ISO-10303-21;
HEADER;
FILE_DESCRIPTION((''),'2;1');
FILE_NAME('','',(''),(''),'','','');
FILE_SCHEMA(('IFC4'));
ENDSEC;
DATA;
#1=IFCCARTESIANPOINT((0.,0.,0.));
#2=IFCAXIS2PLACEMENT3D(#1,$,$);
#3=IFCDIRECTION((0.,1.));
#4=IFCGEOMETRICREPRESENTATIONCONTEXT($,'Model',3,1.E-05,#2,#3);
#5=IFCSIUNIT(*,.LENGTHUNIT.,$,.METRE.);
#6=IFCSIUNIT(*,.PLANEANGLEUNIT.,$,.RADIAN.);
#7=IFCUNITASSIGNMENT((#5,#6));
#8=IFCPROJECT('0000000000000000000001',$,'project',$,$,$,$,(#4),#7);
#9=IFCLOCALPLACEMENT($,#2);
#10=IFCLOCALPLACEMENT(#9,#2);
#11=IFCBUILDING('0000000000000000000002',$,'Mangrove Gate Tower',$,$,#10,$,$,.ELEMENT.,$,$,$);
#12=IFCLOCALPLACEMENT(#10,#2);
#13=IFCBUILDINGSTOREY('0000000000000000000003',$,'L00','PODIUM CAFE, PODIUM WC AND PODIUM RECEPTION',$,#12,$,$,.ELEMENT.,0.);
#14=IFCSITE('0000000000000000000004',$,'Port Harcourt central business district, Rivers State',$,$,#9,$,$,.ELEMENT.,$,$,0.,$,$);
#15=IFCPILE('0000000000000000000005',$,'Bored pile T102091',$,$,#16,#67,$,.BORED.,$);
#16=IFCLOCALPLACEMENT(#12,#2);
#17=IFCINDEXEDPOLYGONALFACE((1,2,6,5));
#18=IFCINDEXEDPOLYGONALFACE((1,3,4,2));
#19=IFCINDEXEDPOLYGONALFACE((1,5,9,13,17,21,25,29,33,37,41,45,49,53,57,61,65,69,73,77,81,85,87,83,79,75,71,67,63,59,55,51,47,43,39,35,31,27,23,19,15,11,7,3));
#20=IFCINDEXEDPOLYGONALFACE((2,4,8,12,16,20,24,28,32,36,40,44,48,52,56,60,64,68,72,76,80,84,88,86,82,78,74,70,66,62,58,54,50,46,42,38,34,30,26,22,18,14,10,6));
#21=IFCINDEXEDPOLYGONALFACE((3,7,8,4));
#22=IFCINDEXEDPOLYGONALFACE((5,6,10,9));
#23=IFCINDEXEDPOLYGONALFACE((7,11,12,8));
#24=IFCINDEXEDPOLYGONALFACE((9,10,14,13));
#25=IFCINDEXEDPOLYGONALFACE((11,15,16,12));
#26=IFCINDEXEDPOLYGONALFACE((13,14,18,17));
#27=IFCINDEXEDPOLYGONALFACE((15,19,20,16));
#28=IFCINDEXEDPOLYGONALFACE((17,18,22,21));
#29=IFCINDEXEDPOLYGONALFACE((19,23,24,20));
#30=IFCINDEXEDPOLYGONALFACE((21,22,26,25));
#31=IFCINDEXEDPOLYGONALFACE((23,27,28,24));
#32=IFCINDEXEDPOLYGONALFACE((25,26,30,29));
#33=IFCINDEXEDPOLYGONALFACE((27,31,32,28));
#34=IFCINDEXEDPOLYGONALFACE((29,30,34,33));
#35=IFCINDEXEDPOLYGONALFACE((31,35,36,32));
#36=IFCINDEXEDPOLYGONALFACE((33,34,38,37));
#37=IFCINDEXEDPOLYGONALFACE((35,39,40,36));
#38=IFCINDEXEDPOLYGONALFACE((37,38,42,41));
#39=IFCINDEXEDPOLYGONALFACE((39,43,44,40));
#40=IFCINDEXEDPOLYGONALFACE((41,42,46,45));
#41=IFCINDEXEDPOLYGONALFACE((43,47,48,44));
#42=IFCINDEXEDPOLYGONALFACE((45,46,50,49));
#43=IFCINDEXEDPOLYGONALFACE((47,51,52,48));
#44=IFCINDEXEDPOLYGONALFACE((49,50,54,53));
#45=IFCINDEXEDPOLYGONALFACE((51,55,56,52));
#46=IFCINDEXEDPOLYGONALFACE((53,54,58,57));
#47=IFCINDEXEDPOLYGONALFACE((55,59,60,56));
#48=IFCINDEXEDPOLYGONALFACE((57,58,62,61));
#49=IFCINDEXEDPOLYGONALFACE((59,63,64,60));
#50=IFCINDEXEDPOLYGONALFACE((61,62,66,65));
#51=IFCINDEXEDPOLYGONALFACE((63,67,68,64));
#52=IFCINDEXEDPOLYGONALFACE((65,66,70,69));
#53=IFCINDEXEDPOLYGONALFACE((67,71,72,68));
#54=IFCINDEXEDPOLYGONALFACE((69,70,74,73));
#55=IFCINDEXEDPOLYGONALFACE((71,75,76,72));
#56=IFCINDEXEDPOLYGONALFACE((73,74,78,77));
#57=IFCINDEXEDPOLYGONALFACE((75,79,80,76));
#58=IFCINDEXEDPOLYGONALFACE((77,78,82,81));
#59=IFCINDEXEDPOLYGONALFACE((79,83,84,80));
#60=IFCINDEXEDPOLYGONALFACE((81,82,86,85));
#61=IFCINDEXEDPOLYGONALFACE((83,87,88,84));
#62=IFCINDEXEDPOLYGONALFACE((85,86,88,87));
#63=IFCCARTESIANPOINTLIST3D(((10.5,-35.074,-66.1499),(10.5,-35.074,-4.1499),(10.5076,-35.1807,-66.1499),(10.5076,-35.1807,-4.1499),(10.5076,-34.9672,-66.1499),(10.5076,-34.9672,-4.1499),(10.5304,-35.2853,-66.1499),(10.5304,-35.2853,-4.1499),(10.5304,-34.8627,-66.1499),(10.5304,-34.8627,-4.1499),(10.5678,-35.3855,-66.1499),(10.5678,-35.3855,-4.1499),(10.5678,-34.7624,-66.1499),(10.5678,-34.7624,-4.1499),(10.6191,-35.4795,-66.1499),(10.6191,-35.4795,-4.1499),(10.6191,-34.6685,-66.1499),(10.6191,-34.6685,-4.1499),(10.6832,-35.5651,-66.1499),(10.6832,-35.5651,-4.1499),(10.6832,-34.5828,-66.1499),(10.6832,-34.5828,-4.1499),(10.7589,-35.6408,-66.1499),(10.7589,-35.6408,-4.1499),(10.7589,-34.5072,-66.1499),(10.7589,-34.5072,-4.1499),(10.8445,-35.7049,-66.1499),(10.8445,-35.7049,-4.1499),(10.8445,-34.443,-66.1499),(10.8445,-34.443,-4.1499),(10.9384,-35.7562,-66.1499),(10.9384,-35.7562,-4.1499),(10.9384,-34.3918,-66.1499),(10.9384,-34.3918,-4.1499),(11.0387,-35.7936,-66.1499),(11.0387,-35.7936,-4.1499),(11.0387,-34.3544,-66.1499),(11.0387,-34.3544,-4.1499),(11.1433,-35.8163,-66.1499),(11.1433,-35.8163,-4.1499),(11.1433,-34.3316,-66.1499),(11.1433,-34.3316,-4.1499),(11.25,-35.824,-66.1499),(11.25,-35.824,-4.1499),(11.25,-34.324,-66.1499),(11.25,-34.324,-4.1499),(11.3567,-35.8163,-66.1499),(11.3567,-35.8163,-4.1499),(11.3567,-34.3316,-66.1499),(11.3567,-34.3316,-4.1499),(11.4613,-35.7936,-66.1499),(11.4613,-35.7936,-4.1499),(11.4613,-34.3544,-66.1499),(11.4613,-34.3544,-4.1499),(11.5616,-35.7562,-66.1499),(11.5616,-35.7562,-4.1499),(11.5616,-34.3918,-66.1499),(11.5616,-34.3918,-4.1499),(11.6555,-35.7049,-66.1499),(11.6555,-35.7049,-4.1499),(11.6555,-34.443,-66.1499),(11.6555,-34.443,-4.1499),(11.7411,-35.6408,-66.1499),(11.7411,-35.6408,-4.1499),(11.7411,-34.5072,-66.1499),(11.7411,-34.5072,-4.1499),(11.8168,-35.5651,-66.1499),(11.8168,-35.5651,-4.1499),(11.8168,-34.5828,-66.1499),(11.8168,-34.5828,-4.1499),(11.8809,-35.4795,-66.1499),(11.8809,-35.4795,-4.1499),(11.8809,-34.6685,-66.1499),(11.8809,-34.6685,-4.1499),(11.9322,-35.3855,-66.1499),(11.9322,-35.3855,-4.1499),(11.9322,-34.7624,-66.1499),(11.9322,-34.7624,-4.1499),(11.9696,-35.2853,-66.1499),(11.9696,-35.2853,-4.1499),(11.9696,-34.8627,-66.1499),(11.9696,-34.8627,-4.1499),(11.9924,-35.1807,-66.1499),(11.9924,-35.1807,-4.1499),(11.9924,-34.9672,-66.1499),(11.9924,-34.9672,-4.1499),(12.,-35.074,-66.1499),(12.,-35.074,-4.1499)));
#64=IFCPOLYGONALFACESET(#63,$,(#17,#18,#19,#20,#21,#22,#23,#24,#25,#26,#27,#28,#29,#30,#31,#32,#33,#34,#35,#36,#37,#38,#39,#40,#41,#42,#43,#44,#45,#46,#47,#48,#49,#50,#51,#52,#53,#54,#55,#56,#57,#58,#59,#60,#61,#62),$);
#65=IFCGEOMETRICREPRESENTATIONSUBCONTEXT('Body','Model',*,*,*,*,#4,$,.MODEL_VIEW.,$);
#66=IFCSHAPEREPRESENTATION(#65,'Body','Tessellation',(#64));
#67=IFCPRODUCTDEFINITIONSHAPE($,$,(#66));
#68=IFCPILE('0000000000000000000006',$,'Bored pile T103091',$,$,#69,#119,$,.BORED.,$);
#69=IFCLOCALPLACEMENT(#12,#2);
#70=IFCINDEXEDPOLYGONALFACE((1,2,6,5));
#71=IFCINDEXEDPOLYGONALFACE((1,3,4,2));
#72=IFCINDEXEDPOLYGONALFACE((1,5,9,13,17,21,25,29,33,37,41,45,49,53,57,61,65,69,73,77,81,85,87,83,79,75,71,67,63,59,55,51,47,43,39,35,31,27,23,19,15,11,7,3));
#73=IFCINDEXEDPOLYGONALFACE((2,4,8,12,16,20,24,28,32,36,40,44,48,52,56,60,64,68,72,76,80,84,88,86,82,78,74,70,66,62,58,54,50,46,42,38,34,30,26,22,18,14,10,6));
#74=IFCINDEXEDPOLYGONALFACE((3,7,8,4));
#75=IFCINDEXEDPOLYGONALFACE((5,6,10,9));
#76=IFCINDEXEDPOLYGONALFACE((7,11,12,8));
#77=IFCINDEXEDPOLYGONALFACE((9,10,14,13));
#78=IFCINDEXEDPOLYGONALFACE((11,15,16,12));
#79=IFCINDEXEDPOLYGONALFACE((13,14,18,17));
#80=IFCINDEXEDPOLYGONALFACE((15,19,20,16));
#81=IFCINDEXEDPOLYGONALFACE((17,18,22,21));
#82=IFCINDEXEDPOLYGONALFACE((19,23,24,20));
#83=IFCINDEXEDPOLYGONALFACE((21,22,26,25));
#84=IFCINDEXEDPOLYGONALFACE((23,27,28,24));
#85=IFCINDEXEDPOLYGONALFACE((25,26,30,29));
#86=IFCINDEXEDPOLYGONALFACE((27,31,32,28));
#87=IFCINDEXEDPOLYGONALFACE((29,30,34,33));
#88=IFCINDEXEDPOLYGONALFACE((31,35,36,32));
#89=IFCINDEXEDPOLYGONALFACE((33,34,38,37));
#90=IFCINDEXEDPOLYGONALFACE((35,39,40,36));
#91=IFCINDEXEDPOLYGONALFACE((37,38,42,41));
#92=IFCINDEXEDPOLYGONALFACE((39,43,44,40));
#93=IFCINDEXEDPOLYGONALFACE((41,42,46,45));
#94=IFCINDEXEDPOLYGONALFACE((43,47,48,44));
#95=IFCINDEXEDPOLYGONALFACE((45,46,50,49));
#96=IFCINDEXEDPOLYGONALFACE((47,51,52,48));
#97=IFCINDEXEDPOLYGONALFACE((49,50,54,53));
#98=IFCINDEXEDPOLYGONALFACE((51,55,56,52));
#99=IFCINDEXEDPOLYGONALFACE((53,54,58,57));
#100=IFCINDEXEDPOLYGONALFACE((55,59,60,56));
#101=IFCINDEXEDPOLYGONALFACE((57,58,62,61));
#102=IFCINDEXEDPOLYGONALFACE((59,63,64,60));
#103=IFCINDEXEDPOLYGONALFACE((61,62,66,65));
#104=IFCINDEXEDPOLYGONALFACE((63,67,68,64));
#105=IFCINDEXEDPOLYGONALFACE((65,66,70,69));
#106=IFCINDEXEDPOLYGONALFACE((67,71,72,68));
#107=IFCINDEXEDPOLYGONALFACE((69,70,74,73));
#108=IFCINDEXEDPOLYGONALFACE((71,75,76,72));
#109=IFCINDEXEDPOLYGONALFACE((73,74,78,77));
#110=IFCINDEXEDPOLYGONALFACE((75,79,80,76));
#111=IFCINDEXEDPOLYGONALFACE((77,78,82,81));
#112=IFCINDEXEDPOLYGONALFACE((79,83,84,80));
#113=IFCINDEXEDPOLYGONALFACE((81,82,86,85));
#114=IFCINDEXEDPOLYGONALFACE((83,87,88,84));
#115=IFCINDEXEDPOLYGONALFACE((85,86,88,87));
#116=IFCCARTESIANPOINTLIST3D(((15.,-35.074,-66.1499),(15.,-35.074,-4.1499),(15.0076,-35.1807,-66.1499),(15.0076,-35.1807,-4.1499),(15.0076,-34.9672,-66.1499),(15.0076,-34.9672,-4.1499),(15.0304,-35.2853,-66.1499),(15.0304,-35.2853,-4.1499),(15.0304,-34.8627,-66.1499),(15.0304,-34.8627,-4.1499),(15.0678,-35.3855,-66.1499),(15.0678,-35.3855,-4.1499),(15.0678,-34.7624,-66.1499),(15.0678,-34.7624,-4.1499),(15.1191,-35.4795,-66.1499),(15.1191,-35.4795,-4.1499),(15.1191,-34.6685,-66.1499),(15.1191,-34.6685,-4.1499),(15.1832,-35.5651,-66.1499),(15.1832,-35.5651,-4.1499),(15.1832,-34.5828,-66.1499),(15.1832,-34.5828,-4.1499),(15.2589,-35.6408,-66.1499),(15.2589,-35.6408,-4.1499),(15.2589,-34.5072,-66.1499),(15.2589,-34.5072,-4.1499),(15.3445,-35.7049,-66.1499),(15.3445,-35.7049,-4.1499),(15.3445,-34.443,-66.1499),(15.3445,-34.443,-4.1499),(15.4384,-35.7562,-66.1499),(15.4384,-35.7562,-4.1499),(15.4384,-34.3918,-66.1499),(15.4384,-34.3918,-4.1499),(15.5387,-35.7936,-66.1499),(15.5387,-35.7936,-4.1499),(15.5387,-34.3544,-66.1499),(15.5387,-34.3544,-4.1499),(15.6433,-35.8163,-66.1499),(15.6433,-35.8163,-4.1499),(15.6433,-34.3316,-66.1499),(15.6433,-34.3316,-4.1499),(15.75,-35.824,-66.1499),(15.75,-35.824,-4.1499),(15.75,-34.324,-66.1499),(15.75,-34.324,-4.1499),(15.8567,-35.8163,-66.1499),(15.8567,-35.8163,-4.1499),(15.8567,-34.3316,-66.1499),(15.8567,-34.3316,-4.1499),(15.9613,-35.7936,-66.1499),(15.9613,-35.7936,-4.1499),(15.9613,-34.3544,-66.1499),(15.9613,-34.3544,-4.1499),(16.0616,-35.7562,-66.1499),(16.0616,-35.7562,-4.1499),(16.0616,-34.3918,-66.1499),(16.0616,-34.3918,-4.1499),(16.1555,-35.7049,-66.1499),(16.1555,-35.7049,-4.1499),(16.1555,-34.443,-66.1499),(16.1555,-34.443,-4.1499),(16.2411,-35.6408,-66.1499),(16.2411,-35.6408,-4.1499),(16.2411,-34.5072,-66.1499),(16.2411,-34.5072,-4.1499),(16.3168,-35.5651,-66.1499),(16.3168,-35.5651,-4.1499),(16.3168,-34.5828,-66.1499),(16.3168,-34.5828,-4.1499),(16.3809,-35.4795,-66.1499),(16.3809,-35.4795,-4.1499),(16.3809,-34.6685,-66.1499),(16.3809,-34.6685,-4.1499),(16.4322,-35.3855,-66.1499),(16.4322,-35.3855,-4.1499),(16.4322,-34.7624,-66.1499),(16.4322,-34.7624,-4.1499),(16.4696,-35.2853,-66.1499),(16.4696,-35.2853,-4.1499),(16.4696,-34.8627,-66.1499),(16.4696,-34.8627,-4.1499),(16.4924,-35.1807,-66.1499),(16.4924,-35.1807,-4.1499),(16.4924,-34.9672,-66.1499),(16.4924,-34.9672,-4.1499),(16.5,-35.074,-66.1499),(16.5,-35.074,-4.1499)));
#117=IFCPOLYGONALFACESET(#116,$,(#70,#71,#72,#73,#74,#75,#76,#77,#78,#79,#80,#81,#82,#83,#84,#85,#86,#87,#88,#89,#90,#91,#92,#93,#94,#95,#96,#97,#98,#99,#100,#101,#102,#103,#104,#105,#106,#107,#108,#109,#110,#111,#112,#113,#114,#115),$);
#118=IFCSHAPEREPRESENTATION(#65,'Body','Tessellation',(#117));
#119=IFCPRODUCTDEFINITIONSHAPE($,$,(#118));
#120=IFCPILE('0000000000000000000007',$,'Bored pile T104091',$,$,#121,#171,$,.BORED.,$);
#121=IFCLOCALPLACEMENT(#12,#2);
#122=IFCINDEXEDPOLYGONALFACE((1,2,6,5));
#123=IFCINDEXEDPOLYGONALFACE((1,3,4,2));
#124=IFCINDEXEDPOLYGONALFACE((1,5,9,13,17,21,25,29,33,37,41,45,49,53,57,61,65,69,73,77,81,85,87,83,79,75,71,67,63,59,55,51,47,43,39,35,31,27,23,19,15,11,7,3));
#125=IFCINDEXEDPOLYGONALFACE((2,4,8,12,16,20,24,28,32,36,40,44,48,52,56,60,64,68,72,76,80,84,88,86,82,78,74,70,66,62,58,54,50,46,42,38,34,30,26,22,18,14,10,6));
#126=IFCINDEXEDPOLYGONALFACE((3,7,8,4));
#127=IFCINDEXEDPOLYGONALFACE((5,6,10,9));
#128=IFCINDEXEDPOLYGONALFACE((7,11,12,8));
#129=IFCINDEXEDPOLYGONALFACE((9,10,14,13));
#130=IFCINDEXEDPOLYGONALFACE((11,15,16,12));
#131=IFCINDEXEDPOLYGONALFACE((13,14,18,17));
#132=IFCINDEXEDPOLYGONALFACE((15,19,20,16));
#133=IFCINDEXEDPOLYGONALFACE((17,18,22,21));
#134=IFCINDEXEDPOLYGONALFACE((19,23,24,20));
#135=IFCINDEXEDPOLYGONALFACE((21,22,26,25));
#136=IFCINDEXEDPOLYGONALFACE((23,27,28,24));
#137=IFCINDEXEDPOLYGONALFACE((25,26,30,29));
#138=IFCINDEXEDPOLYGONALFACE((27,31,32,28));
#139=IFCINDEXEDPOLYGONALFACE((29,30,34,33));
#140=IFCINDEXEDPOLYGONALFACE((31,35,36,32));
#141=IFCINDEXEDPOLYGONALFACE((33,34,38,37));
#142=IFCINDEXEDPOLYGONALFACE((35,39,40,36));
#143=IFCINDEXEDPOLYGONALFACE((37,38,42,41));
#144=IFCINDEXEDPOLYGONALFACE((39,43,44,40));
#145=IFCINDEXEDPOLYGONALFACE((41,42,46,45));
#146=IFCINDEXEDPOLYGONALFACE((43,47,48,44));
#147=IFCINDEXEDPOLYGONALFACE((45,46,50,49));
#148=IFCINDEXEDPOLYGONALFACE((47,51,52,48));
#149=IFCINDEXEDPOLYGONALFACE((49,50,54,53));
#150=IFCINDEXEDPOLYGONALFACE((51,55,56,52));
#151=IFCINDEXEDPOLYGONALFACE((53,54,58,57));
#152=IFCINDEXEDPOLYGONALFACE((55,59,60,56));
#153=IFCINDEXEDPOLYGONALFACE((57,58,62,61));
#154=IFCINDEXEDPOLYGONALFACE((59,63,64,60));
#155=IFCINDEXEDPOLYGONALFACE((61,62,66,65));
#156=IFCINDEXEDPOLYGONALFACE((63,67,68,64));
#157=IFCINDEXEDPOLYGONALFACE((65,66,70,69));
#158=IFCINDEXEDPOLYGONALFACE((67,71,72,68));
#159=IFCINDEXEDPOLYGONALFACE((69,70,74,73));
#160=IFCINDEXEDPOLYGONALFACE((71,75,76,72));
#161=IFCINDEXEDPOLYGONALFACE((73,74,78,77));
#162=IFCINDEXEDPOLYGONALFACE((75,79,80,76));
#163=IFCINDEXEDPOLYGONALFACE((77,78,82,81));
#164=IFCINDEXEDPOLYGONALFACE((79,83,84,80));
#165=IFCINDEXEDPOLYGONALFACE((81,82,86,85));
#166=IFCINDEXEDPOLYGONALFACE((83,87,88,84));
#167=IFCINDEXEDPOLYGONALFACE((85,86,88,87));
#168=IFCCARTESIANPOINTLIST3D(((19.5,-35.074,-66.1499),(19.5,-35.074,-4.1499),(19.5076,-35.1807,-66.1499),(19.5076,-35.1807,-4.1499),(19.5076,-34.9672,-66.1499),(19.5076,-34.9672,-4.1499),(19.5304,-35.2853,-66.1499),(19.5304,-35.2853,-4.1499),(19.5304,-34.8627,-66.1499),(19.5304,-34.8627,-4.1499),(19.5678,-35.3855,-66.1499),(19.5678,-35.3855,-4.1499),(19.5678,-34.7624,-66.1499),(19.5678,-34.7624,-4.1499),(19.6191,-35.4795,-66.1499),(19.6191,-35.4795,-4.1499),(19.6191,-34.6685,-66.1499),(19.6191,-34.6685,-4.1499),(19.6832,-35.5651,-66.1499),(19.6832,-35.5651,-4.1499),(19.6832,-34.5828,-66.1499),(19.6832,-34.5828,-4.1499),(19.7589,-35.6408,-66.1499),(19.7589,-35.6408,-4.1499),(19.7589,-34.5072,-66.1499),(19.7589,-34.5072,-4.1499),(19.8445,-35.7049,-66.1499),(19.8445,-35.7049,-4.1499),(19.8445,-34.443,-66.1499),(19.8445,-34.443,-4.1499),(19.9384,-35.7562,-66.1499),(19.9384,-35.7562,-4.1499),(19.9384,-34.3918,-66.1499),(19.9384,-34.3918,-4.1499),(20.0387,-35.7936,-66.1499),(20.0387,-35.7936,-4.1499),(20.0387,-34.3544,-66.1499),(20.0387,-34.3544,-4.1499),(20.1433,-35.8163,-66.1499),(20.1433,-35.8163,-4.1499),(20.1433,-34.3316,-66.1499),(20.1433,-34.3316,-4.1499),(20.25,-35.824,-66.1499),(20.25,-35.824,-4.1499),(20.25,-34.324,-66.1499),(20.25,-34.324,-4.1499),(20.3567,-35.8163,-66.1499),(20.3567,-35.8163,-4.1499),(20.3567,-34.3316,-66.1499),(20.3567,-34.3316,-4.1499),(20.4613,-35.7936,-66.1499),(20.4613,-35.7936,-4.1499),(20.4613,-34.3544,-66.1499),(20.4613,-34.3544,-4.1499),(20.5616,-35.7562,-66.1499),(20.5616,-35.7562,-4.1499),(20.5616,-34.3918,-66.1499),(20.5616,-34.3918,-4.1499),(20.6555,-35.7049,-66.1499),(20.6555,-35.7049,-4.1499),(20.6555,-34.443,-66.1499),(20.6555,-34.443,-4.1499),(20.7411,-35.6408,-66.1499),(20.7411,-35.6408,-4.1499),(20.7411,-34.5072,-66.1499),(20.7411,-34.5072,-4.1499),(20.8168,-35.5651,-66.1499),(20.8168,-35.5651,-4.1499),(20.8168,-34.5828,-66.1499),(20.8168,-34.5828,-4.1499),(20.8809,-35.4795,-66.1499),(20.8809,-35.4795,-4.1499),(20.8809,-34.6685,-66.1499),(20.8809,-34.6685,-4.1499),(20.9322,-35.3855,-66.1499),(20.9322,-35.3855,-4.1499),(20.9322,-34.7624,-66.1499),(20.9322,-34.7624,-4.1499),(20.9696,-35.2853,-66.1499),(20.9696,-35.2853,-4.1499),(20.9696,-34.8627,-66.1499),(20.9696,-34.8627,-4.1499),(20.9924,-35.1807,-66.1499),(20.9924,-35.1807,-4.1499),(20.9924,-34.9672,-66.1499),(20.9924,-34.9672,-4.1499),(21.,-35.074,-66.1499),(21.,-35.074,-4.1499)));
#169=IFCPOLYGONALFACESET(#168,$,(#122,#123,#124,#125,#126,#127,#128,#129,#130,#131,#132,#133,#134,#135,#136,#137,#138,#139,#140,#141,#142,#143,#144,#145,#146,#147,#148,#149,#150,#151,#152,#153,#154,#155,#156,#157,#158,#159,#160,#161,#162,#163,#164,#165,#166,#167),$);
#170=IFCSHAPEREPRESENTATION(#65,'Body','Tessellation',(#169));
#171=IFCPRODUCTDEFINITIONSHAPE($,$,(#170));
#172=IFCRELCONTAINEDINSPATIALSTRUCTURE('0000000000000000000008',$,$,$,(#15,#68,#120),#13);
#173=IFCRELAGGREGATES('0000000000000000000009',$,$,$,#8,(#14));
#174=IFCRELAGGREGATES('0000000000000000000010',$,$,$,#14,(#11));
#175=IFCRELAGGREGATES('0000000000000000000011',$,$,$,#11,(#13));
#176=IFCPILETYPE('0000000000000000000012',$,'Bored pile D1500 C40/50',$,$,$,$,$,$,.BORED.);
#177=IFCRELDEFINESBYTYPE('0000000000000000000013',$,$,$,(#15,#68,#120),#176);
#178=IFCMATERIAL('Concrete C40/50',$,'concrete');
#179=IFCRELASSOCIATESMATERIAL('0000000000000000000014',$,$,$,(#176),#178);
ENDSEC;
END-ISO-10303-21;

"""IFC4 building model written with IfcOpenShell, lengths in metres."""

from ifc_helpers import new_model, si_unit, direction, frame, origin, origin_2d, place, context, subcontext, project, spatial, circle, extrude, material, material_profile, profile_set, type_object, element, save


model = new_model("IFC4")

# Units and contexts
model_context = context("Model", 3, precision=1e-05, world=origin(), true_north=direction((0.0, 1.0)))
body_context = subcontext(model_context, "Body", "Model", "MODEL_VIEW")
ifc_project = project(units=[si_unit("LENGTHUNIT", "METRE"), si_unit("PLANEANGLEUNIT", "RADIAN")], contexts=[model_context])

# Site, building, storey
site_placement = place(None, origin())
site = spatial("IfcSite", under=ifc_project, at=site_placement, Name="Port Harcourt central business district, Rivers State", CompositionType="ELEMENT", RefElevation=0.0)
building_placement = place(site_placement, origin())
building = spatial("IfcBuilding", under=site, at=building_placement, Name="Mangrove Gate Tower", CompositionType="ELEMENT")
storey_placement = place(building_placement, origin())
storey = spatial("IfcBuildingStorey", under=building, at=storey_placement, Name="L00", Description="PODIUM CAFE, PODIUM WC AND PODIUM RECEPTION", CompositionType="ELEMENT", Elevation=0.0)

# Piles
ifc_material_1 = material(Name="Concrete C40/50", Category="concrete")
ifc_material_profile_1 = material_profile(ifc_material_1, circle(Radius=0.75, at=origin_2d()))
ifc_profile_set_1 = profile_set([ifc_material_profile_1], Name="Concrete C40/50")
pile_type = type_object("IfcPileType", Name="Bored pile D1500 C40/50", PredefinedType="BORED", material=ifc_profile_set_1)
for number, where, z_axis, x_axis, name in (
    (1, (11.25, -35.074, -4.1499), (0.0, 0.0, -1.0), (1.0, 0.0, 0.0), "Bored pile T102091"),
    (2, (15.75, -35.074, -4.1499), (0.0, 0.0, -1.0), (1.0, 0.0, 0.0), "Bored pile T103091"),
    (3, (20.25, -35.074, -4.1499), (0.0, 0.0, -1.0), (1.0, 0.0, 0.0), "Bored pile T104091"),
):
    element("IfcPile", number, at=place(storey_placement, frame(where, z_axis=z_axis, x_axis=x_axis)), inside=storey, type_object=pile_type, Name=name, PredefinedType="BORED", context=body_context, shape_type="SweptSolid", body=[
        extrude(circle(Radius=0.75, at=origin_2d()), origin(), (0.0, 0.0, 1.0), 62.0),
    ])

save(model, "model.ifc")
